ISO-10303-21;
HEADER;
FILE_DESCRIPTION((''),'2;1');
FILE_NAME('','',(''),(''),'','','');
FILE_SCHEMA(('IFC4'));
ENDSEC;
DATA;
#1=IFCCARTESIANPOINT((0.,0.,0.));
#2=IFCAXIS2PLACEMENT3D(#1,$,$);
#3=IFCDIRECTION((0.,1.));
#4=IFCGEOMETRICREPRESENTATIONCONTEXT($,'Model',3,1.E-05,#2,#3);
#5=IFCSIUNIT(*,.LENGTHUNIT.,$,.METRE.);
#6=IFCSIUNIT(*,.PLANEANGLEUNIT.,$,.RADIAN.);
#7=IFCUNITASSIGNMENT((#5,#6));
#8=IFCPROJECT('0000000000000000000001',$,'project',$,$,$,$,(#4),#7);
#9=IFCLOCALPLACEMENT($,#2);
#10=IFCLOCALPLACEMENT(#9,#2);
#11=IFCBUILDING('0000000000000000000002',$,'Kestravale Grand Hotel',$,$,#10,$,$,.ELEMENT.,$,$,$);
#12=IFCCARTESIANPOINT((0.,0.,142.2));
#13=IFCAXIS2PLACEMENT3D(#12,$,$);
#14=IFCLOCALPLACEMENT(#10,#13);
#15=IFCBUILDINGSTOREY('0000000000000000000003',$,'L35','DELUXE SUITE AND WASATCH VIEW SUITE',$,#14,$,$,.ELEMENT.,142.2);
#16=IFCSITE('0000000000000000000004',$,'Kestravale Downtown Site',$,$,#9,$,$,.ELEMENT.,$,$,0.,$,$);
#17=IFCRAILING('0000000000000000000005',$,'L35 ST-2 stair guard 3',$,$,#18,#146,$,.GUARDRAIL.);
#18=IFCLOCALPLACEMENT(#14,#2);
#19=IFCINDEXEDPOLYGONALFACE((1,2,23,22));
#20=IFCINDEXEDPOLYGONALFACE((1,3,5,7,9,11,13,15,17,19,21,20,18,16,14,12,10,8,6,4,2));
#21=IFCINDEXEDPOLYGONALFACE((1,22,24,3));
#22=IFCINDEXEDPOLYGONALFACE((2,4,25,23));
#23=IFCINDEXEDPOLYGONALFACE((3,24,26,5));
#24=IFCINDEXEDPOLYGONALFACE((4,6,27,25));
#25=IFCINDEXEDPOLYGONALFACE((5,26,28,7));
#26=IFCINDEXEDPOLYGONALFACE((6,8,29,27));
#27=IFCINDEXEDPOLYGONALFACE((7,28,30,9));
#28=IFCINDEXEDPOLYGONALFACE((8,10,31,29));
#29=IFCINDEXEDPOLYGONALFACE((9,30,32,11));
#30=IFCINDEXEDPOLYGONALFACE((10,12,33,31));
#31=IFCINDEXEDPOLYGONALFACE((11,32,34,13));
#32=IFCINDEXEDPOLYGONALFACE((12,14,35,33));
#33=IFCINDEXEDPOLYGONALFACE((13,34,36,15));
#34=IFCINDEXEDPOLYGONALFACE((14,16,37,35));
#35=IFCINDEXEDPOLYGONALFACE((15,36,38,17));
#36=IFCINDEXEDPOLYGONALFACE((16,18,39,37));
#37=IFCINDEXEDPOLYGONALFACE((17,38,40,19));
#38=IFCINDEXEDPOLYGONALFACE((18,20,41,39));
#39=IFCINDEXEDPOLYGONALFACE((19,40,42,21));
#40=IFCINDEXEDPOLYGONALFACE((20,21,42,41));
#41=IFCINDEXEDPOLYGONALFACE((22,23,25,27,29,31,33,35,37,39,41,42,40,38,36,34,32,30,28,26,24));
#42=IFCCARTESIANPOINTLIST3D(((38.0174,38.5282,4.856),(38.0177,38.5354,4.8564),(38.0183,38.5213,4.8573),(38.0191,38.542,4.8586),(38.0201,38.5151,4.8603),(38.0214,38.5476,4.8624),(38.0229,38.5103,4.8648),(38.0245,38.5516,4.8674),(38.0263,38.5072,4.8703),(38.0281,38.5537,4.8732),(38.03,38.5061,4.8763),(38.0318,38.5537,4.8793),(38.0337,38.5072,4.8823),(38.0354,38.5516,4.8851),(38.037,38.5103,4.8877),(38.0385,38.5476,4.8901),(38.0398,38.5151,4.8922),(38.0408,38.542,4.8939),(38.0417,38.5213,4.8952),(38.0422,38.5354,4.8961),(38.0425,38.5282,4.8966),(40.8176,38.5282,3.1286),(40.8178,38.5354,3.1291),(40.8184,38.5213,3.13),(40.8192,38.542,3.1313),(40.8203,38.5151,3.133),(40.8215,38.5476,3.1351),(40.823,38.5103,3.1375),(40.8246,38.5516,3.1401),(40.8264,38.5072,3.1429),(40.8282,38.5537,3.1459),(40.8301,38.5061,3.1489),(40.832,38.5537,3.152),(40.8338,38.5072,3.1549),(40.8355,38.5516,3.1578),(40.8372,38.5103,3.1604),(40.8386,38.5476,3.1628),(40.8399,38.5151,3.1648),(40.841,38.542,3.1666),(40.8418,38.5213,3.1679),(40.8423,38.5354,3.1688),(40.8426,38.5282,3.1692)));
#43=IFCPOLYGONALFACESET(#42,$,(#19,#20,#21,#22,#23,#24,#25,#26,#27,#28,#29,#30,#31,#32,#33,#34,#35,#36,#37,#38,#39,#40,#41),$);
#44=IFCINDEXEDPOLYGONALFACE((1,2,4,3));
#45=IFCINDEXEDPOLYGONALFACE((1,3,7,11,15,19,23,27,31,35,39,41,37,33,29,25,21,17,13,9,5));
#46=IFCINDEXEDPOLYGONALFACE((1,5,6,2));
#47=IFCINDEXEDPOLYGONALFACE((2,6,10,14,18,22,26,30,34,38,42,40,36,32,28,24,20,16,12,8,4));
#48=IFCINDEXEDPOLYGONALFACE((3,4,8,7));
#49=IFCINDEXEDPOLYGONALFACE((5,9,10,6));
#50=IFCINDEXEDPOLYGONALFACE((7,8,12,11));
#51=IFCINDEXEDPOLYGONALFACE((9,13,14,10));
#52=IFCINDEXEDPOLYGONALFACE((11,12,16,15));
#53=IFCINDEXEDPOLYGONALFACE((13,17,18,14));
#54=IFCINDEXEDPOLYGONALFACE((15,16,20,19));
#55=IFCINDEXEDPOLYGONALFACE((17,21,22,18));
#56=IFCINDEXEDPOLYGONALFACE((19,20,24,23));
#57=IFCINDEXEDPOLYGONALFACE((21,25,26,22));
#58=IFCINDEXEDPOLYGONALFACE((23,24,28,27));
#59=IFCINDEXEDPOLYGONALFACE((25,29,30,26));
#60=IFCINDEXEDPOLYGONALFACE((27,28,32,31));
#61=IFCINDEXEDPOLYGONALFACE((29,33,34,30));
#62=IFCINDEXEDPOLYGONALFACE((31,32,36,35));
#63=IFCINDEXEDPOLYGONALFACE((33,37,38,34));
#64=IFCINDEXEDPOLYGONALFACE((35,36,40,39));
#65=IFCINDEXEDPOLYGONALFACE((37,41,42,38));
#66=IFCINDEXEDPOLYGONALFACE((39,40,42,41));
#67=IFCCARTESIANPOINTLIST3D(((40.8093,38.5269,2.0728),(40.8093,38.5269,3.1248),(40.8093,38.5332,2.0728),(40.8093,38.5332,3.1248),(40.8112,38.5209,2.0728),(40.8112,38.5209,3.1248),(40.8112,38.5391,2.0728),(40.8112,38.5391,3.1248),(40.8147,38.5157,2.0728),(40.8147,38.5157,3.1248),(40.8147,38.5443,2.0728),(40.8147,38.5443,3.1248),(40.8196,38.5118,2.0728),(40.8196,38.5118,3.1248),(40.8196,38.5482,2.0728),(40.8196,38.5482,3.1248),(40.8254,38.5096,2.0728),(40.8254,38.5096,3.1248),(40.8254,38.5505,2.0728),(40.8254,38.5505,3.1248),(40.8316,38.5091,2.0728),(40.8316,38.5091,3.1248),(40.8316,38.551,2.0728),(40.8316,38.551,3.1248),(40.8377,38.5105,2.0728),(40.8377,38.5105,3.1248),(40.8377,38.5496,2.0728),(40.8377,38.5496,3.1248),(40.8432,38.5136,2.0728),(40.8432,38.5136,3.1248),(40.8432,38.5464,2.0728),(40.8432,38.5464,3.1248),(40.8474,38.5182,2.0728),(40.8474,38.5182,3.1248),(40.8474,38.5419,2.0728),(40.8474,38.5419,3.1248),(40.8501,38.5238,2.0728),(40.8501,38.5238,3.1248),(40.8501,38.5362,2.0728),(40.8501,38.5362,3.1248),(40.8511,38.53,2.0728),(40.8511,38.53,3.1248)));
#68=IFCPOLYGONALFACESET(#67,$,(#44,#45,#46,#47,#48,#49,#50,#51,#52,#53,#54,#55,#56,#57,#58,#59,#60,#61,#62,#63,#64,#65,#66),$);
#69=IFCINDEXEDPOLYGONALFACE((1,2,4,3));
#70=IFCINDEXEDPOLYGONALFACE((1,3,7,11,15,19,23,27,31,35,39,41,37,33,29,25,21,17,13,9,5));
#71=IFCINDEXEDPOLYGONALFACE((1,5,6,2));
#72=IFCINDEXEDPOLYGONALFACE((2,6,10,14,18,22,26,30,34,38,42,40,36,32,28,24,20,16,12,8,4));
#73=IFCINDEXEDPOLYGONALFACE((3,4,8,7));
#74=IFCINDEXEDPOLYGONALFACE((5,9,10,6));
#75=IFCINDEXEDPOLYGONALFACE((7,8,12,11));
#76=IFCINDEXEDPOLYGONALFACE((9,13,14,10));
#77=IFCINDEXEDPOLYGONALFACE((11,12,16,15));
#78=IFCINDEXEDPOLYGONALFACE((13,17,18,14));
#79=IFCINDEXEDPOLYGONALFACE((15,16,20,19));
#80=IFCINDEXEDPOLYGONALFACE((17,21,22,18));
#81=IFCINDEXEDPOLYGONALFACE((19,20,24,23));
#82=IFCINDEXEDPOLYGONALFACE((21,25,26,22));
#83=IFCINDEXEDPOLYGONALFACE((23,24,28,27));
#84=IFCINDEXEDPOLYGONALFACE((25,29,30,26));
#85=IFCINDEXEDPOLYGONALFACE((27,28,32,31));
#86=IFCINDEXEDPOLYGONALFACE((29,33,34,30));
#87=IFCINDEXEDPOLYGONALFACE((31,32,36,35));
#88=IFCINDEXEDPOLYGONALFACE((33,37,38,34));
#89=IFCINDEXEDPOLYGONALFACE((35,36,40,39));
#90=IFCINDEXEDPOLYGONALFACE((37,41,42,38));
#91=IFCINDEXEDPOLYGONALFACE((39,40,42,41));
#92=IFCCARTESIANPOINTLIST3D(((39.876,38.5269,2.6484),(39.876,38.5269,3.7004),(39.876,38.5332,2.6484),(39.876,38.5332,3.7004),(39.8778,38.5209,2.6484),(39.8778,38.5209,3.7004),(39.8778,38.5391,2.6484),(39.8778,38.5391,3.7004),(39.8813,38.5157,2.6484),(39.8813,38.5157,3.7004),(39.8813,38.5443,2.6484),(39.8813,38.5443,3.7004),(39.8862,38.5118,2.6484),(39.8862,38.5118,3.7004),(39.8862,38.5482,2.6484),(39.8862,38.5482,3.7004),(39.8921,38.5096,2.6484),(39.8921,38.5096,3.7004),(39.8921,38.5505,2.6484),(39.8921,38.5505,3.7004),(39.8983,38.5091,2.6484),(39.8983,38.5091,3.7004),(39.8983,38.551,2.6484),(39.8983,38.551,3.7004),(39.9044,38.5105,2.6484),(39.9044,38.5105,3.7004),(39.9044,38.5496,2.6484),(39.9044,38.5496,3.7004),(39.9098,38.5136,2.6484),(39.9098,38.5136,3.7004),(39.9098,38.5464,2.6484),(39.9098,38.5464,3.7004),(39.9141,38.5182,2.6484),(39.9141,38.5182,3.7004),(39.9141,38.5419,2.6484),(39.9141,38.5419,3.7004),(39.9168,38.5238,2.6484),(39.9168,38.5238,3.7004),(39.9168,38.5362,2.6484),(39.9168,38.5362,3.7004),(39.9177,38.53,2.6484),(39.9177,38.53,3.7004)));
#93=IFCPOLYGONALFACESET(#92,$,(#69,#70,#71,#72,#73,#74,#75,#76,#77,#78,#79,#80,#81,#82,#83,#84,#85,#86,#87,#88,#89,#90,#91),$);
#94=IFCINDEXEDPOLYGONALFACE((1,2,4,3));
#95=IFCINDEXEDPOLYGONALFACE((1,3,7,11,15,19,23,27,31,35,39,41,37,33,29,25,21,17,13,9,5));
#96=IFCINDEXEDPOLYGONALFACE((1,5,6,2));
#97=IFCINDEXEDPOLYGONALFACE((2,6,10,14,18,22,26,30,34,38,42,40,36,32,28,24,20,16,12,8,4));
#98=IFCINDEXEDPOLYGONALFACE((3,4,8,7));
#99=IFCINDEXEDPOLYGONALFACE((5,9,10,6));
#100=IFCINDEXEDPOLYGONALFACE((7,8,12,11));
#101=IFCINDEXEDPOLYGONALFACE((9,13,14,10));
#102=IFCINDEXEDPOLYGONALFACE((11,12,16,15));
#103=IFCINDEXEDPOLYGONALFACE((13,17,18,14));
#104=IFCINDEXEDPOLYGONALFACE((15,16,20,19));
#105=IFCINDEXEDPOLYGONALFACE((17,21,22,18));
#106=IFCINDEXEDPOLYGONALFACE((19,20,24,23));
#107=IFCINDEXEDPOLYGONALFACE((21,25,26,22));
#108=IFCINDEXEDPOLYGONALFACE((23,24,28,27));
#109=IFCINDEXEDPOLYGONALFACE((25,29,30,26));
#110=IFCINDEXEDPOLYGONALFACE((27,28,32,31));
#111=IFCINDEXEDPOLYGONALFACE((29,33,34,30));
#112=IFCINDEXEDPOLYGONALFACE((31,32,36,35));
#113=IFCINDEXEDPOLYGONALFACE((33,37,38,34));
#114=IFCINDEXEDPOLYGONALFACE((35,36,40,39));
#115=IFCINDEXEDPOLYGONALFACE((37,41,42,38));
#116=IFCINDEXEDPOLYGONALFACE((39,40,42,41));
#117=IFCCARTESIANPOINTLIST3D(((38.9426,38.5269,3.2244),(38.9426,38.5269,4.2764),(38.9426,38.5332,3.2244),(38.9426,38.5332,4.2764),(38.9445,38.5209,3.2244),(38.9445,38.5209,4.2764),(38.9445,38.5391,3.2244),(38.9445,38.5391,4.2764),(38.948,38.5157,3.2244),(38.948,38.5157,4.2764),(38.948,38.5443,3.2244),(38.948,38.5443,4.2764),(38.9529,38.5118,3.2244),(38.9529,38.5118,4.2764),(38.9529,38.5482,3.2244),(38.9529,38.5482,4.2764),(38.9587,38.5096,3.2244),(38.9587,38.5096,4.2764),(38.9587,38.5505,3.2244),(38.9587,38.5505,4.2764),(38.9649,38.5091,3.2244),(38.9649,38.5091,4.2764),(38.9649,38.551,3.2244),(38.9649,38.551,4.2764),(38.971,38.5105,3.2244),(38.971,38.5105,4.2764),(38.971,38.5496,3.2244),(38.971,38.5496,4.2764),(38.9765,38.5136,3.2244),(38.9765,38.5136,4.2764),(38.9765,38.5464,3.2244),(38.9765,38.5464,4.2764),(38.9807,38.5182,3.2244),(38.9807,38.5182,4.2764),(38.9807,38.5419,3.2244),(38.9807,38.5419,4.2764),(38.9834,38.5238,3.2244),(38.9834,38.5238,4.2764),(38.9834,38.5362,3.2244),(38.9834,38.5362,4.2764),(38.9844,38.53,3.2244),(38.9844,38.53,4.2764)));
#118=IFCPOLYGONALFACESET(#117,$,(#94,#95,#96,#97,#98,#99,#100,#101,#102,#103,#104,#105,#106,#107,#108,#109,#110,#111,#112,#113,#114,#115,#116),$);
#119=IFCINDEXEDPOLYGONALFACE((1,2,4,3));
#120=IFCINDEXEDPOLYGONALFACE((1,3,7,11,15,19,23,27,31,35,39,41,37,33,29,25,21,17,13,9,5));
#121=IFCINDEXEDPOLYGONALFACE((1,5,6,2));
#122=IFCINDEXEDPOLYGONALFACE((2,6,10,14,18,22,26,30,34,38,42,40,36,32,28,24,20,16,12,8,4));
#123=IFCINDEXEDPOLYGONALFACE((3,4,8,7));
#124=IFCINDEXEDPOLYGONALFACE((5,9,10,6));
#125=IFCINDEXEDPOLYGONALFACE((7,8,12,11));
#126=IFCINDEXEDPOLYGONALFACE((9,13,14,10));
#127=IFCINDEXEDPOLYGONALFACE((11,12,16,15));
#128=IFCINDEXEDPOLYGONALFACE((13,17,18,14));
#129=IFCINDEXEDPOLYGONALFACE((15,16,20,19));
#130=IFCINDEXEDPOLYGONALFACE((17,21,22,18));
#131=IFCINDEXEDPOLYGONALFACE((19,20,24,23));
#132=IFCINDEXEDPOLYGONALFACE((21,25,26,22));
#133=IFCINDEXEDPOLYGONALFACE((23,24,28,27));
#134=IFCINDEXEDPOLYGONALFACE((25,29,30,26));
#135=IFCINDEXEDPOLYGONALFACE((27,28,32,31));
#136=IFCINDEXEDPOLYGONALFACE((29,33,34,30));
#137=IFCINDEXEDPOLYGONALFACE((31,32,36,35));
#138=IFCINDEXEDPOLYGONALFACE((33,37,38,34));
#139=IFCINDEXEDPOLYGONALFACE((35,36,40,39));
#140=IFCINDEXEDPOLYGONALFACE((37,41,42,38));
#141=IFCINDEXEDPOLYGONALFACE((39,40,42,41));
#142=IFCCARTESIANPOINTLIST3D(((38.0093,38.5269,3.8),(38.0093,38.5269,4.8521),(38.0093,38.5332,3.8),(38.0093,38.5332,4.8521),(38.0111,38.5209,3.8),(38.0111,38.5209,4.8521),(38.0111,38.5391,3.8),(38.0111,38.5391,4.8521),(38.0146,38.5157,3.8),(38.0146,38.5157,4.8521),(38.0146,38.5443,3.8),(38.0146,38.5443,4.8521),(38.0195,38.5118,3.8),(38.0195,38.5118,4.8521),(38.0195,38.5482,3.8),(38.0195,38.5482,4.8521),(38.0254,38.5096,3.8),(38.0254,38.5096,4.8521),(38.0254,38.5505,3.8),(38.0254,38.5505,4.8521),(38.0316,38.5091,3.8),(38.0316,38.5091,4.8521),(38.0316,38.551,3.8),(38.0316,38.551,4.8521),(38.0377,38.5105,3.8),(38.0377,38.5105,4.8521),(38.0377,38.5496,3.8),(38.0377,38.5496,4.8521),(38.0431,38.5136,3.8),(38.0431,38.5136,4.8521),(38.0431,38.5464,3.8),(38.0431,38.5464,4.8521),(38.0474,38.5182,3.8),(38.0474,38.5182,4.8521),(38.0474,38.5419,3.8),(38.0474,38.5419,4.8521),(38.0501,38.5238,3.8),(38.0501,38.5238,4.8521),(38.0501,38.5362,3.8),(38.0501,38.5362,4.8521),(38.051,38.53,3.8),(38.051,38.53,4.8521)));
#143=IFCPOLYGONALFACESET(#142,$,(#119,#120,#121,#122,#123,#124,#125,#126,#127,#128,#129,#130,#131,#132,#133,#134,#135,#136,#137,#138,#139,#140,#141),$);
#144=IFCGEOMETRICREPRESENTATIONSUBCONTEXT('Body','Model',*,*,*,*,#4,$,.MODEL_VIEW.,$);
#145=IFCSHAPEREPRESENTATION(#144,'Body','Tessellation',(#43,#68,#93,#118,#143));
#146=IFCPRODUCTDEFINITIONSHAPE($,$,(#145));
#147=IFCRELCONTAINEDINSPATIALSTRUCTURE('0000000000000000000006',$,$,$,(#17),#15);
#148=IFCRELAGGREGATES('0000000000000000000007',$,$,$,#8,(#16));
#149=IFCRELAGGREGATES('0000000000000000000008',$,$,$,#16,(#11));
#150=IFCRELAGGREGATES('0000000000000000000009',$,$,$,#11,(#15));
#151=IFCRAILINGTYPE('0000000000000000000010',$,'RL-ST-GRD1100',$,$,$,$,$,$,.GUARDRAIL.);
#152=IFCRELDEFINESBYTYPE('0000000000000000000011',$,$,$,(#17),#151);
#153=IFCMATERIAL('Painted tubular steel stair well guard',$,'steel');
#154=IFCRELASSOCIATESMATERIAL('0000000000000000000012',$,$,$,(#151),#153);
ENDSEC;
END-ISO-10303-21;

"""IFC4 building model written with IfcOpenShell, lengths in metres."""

from ifc_helpers import new_model, si_unit, direction, frame, origin, origin_2d, place, context, subcontext, project, spatial, circle, extrude, material, type_object, element, save


model = new_model("IFC4")

# Units and contexts
model_context = context("Model", 3, precision=1e-05, world=origin(), true_north=direction((0.0, 1.0)))
body_context = subcontext(model_context, "Body", "Model", "MODEL_VIEW")
ifc_project = project(units=[si_unit("LENGTHUNIT", "METRE"), si_unit("PLANEANGLEUNIT", "RADIAN")], contexts=[model_context])

# Site, building, storey
site_placement = place(None, origin())
site = spatial("IfcSite", under=ifc_project, at=site_placement, Name="Kestravale Downtown Site", CompositionType="ELEMENT", RefElevation=0.0)
building_placement = place(site_placement, origin())
building = spatial("IfcBuilding", under=site, at=building_placement, Name="Kestravale Grand Hotel", CompositionType="ELEMENT")
storey_placement = place(building_placement, frame((0.0, 0.0, 142.2)))
storey = spatial("IfcBuildingStorey", under=building, at=storey_placement, Name="L35", Description="DELUXE SUITE AND WASATCH VIEW SUITE", CompositionType="ELEMENT", Elevation=142.2)

# Railing
ifc_material_1 = material(Name="Painted tubular steel stair well guard", Category="steel")
railing_type_1 = type_object("IfcRailingType", Name="RL-ST-GRD1100", PredefinedType="GUARDRAIL", material=ifc_material_1)
railing_1_placement = place(storey_placement, frame((40.8301, 38.53, 2.0728)))
element("IfcRailing", 1, at=railing_1_placement, inside=storey, type_object=railing_type_1, Name="L35 ST-2 stair guard 3", PredefinedType="GUARDRAIL", context=body_context, shape_type="SweptSolid", body=[
    extrude(circle(Radius=0.0239, at=origin_2d()), frame((0.0, 0.0, 1.0762), z_axis=(-0.85109, 0.0, 0.52502), x_axis=(0.0, -1.0, 0.0)), (0.0, 0.0, 1.0), 3.29),
    extrude(circle(Radius=0.021, at=origin_2d()), origin(), (0.0, 0.0, 1.0), 1.052),
    extrude(circle(Radius=0.021, at=origin_2d()), frame((-0.9333, 0.0, 0.5757)), (0.0, 0.0, 1.0), 1.052),
    extrude(circle(Radius=0.021, at=origin_2d()), frame((-1.8667, 0.0, 1.1516)), (0.0, 0.0, 1.0), 1.052),
    extrude(circle(Radius=0.021, at=origin_2d()), frame((-2.8, 0.0, 1.7273)), (0.0, 0.0, 1.0), 1.052),
])

save(model, "model.ifc")
